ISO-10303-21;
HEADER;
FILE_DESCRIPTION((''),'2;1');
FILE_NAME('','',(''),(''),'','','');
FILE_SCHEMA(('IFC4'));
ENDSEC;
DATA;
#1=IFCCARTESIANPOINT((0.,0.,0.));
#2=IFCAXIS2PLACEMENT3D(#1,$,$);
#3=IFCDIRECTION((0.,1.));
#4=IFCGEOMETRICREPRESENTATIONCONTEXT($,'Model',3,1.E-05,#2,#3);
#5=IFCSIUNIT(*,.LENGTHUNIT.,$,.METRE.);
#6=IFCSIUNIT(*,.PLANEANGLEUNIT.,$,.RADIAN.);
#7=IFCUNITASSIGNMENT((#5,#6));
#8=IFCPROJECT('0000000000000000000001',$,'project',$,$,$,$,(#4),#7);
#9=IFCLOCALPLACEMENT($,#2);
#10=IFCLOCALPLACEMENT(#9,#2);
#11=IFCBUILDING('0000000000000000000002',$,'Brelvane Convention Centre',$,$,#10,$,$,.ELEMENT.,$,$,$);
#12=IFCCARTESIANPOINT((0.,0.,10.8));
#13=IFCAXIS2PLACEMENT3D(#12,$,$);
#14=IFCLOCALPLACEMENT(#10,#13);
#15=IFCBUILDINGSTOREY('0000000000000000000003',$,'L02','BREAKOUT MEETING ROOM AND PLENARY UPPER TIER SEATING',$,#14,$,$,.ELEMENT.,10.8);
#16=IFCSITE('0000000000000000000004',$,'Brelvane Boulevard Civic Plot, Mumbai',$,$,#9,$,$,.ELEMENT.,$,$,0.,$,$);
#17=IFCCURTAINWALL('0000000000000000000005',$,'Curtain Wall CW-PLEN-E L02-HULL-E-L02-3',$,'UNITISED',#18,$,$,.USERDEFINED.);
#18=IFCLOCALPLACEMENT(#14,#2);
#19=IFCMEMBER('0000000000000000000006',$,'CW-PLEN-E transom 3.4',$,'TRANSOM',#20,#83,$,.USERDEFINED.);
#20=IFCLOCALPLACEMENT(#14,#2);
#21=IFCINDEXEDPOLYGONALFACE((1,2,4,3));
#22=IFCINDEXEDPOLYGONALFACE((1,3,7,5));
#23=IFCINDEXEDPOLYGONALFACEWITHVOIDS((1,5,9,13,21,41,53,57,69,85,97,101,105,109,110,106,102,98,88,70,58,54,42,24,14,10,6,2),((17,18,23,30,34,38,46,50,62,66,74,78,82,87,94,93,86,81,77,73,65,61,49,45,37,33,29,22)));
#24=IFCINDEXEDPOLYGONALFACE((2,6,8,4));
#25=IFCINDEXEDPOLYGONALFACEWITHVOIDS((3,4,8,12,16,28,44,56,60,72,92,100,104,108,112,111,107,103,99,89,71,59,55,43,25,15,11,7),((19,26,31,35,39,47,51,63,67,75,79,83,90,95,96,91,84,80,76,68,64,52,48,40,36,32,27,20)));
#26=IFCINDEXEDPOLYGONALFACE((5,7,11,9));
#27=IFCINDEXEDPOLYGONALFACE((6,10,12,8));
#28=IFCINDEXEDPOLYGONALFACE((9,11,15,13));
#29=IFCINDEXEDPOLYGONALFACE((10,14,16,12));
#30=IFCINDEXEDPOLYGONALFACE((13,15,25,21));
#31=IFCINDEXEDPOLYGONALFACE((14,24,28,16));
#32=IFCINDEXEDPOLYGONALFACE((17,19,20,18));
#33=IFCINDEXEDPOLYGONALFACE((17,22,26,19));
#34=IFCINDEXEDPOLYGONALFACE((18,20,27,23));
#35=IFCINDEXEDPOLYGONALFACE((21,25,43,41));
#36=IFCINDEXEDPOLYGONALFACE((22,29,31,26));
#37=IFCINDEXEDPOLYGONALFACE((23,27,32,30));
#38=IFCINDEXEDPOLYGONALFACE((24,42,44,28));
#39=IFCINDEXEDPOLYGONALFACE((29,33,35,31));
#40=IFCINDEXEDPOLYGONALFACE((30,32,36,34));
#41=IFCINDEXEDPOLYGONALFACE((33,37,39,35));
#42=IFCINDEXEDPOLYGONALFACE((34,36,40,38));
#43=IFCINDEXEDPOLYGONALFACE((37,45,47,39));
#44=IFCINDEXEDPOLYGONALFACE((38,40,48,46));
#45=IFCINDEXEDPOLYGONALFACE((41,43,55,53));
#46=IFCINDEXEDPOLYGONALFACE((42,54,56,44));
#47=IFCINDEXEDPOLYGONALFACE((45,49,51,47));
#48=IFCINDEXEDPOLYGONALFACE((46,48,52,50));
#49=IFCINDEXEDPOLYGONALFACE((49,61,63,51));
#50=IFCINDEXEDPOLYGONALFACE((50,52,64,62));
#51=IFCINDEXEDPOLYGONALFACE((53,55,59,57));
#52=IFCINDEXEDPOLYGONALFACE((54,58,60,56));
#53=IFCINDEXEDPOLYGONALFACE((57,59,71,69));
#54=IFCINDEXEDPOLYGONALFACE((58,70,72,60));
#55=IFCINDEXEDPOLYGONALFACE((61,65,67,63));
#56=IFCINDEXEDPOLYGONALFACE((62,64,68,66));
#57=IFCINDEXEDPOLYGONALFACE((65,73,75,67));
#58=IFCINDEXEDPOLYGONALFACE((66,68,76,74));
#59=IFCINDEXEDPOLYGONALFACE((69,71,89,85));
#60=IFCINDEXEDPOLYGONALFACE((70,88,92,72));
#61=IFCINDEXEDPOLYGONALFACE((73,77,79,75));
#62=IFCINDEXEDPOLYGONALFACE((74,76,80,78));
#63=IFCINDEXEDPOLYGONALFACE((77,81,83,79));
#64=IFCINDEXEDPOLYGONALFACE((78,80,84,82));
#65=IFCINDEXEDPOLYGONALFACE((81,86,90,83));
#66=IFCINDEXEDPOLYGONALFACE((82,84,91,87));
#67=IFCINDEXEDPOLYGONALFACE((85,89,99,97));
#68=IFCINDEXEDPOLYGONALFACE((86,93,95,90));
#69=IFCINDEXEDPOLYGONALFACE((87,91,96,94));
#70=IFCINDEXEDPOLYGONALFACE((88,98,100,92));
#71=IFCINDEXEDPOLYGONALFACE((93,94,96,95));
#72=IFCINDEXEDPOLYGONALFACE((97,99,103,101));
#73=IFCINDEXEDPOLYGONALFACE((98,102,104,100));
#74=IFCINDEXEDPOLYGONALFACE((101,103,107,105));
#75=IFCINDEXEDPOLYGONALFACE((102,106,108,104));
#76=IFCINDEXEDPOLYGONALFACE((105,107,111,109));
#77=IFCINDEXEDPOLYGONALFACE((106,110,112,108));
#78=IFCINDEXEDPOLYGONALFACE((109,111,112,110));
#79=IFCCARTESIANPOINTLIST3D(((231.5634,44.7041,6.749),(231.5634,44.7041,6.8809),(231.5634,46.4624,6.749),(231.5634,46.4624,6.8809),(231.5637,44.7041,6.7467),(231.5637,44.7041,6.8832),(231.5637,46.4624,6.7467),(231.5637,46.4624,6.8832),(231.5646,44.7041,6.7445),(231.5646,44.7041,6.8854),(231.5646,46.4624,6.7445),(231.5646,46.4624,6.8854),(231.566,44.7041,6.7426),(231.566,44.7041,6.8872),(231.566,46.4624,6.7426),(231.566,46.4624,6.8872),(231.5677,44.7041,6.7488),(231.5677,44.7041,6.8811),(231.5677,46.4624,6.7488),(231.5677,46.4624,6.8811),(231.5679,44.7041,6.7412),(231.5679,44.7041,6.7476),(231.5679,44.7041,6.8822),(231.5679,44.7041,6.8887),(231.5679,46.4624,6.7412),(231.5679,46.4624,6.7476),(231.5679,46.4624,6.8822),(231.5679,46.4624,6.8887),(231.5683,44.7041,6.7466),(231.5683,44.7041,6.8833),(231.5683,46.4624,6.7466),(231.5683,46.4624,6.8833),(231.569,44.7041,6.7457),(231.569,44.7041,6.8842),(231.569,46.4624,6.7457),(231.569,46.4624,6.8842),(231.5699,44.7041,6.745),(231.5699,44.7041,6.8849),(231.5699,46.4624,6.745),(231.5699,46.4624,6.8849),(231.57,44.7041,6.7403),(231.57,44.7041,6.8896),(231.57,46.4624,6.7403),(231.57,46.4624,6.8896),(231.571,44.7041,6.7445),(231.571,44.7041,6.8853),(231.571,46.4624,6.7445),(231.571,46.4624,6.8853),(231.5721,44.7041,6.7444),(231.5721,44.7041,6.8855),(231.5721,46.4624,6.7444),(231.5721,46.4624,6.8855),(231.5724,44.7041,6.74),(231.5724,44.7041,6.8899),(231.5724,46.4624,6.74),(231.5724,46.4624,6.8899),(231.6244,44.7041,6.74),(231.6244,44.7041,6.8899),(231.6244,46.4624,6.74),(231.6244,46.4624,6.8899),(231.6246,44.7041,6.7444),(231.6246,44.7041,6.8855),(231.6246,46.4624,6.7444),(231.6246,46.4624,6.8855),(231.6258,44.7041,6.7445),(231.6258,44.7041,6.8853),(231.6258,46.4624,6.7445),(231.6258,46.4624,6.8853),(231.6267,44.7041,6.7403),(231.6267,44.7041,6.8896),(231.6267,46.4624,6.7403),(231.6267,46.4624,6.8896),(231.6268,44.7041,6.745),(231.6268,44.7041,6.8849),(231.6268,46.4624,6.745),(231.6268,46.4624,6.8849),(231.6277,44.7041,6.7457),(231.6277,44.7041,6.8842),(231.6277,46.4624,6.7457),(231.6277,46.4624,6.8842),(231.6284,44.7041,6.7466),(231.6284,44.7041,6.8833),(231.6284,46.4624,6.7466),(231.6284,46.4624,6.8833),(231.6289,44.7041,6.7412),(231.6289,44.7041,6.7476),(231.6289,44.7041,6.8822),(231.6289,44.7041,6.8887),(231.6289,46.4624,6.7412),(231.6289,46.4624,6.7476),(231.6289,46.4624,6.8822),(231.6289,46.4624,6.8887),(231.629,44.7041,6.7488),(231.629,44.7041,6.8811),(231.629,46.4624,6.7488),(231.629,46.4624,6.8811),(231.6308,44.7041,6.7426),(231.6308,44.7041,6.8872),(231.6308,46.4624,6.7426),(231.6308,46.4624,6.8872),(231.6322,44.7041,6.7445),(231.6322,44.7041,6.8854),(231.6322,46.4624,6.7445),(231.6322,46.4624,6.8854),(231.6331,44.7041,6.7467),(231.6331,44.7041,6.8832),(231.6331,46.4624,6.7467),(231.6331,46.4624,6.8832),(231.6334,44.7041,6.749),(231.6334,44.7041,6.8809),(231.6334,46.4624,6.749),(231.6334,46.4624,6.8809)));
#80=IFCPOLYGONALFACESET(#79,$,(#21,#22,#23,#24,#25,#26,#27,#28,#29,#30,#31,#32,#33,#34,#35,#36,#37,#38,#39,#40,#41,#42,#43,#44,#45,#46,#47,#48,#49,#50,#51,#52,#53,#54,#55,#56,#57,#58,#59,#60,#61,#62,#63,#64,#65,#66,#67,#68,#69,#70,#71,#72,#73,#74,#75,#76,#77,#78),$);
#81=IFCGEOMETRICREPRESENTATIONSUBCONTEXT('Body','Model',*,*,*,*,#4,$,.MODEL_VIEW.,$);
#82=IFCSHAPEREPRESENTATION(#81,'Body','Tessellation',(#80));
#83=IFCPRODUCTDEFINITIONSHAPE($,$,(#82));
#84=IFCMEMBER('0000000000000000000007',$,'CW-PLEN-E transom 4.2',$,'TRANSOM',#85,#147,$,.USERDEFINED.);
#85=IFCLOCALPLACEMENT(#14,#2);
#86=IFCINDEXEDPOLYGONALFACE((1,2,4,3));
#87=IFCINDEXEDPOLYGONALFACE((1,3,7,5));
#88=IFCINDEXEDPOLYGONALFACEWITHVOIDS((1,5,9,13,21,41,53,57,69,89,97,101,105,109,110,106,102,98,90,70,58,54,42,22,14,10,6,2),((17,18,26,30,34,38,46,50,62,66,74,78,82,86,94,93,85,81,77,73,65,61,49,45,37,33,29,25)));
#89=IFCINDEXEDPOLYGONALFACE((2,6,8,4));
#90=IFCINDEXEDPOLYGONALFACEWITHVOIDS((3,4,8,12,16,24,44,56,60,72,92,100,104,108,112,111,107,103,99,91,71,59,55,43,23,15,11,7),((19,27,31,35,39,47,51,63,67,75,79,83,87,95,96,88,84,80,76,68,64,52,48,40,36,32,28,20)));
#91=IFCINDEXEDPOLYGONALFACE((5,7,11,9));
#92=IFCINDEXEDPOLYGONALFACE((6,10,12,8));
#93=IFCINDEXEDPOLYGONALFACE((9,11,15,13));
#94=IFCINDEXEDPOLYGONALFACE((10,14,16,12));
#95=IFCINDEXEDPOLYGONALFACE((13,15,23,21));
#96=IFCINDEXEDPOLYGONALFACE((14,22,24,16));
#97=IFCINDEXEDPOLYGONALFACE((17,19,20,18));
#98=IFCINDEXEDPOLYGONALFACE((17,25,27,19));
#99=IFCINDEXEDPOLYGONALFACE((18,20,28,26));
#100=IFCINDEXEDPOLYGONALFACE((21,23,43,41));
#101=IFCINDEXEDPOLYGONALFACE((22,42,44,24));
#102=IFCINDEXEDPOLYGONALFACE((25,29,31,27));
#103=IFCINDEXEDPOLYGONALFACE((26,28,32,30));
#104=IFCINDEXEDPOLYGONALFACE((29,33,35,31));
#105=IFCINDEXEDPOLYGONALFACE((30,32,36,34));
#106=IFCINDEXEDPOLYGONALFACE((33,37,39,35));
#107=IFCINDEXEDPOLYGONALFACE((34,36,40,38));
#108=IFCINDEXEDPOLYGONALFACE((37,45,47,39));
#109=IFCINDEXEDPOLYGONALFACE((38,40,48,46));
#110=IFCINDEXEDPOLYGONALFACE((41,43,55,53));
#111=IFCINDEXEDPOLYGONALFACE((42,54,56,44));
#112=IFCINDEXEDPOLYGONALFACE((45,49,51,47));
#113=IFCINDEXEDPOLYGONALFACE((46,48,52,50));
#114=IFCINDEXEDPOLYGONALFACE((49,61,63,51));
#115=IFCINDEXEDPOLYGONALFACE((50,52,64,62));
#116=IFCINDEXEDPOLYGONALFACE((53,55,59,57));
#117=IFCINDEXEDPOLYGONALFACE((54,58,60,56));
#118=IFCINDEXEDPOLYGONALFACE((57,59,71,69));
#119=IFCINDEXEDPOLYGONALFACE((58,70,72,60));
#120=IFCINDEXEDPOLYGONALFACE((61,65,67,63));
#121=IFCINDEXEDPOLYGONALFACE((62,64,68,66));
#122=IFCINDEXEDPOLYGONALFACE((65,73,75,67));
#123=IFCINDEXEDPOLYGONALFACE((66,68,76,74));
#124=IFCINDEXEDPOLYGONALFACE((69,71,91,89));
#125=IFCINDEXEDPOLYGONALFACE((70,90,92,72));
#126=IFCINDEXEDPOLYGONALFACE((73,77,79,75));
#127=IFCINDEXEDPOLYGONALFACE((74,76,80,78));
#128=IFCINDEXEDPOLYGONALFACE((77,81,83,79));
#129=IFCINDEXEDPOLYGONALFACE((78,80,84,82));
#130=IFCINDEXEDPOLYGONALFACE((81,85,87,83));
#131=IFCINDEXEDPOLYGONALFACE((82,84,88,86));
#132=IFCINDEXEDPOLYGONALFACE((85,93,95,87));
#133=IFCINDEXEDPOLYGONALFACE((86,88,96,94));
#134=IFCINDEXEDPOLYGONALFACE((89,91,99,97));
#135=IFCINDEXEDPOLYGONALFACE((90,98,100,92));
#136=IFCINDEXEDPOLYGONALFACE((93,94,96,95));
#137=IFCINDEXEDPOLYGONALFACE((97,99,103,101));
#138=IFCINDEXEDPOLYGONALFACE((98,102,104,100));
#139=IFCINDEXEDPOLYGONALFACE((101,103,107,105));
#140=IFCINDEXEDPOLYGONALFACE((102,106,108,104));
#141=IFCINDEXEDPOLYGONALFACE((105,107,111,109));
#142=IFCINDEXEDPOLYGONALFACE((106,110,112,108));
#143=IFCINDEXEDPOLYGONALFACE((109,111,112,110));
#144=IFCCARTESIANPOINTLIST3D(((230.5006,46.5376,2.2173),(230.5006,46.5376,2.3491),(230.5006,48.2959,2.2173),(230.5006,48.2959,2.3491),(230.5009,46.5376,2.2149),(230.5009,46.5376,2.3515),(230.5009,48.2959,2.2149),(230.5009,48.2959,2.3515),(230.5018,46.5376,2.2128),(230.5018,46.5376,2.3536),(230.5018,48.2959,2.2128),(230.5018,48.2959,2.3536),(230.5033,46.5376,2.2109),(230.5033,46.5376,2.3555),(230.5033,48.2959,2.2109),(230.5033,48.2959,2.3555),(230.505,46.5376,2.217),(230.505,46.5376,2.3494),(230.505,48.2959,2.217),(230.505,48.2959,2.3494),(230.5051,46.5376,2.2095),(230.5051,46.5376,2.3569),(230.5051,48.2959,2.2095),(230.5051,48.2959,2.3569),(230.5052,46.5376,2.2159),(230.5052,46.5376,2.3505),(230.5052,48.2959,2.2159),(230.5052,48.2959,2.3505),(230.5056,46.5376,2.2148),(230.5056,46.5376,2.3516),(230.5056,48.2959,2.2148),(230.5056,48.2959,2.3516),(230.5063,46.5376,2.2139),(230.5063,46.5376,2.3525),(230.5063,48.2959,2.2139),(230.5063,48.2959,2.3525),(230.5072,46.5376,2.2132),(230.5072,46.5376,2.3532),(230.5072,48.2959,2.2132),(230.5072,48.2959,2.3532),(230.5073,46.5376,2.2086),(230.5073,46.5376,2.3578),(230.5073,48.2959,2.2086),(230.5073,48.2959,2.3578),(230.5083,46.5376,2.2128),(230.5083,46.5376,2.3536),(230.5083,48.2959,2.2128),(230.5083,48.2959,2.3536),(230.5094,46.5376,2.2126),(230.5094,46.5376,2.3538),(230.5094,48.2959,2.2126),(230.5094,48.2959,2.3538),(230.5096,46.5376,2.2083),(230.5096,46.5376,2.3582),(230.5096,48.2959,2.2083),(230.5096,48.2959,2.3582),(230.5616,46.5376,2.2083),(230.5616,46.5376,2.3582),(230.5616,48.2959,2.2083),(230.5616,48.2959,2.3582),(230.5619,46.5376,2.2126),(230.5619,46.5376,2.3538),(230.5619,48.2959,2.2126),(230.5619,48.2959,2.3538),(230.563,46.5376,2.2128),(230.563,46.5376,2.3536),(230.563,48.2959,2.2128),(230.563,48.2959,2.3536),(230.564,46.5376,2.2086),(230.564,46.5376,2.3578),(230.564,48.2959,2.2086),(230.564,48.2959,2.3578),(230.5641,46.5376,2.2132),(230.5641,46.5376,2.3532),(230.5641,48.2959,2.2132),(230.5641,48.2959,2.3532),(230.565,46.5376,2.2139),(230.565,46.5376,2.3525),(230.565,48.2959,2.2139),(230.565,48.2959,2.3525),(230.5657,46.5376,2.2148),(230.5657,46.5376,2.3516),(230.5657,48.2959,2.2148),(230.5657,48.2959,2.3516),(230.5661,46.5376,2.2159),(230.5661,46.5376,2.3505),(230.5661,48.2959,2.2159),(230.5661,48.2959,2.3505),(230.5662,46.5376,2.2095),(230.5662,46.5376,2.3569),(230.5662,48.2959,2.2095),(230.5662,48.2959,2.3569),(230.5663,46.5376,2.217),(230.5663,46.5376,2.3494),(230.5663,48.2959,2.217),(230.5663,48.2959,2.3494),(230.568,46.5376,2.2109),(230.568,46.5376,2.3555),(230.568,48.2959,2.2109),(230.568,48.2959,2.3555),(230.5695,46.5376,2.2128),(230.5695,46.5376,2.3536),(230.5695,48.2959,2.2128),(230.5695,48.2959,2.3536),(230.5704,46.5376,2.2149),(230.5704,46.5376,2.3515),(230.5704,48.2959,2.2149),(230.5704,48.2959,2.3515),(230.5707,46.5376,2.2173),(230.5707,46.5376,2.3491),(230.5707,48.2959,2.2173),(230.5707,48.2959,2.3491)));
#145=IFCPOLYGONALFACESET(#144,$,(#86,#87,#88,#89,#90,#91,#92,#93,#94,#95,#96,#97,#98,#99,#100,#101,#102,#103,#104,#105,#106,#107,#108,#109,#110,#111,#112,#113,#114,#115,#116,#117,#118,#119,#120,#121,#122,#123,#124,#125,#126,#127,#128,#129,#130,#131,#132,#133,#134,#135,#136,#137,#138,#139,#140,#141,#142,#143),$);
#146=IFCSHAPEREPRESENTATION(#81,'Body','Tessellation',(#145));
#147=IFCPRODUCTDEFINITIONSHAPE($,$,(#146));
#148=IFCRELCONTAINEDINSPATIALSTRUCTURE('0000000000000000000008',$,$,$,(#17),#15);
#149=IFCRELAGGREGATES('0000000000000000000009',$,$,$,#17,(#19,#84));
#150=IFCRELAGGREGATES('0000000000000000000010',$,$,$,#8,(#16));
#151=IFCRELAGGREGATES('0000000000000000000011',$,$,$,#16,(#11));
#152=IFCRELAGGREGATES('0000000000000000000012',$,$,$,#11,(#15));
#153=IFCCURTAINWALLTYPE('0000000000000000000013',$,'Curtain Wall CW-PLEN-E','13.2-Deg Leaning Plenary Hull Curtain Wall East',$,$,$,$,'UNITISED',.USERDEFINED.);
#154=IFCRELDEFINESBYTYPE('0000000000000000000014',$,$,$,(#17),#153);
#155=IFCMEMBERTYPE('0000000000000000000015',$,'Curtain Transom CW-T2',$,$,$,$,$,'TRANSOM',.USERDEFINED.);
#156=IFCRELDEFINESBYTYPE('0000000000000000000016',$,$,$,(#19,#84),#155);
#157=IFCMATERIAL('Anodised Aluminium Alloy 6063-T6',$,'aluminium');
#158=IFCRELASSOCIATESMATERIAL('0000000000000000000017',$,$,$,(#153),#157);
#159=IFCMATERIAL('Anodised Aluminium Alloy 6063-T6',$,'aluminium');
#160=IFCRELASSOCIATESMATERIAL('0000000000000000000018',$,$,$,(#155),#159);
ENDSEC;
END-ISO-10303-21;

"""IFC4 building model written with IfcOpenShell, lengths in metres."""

from ifc_helpers import new_model, si_unit, direction, frame, origin, origin_2d, place, context, subcontext, project, spatial, hollow_rectangle, extrude, material, material_profile, profile_set, type_object, element, aggregate, save


model = new_model("IFC4")

# Units and contexts
model_context = context("Model", 3, precision=1e-05, world=origin(), true_north=direction((0.0, 1.0)))
body_context = subcontext(model_context, "Body", "Model", "MODEL_VIEW")
ifc_project = project(units=[si_unit("LENGTHUNIT", "METRE"), si_unit("PLANEANGLEUNIT", "RADIAN")], contexts=[model_context])

# Site, building, storey
site_placement = place(None, origin())
site = spatial("IfcSite", under=ifc_project, at=site_placement, Name="Brelvane Boulevard Civic Plot, Mumbai", CompositionType="ELEMENT", RefElevation=0.0)
building_placement = place(site_placement, origin())
building = spatial("IfcBuilding", under=site, at=building_placement, Name="Brelvane Convention Centre", CompositionType="ELEMENT")
storey_placement = place(building_placement, frame((0.0, 0.0, 10.8)))
storey = spatial("IfcBuildingStorey", under=building, at=storey_placement, Name="L02", Description="BREAKOUT MEETING ROOM AND PLENARY UPPER TIER SEATING", CompositionType="ELEMENT", Elevation=10.8)

# Curtain wall, members
ifc_material_1 = material(Name="Anodised Aluminium Alloy 6063-T6", Category="aluminium")
curtain_wall_type = type_object("IfcCurtainWallType", Name="Curtain Wall CW-PLEN-E", Description="13.2-Deg Leaning Plenary Hull Curtain Wall East", ElementType="UNITISED", PredefinedType="USERDEFINED", material=ifc_material_1)
curtain_wall_1_placement = place(storey_placement, origin())
curtain_wall_1 = element("IfcCurtainWall", 1, at=curtain_wall_1_placement, inside=storey, type_object=curtain_wall_type, Name="Curtain Wall CW-PLEN-E L02-HULL-E-L02-3", ObjectType="UNITISED", PredefinedType="USERDEFINED")
ifc_material_2 = material(Name="Anodised Aluminium Alloy 6063-T6", Category="aluminium")
ifc_material_profile = material_profile(ifc_material_2, hollow_rectangle(XDim=0.0701, YDim=0.1499, WallThickness=0.0044, InnerFilletRadius=0.0044, OuterFilletRadius=0.009, at=origin_2d()), Name="ALU-T 150x70x4.5")
ifc_profile_set = profile_set([ifc_material_profile], Name="Anodised Aluminium Alloy 6063-T6")
member_type = type_object("IfcMemberType", Name="Curtain Transom CW-T2", ElementType="TRANSOM", PredefinedType="USERDEFINED", material=ifc_profile_set)
member_1_placement = place(storey_placement, frame((231.5984, 44.7041, 6.8149), z_axis=(0.0, 1.0, 0.0), x_axis=(-1.0, 0.0, 0.0)))
member_1 = element("IfcMember", 2, at=member_1_placement, type_object=member_type, Name="CW-PLEN-E transom 3.4", ObjectType="TRANSOM", PredefinedType="USERDEFINED", context=body_context, shape_type="SweptSolid", body=[
    extrude(hollow_rectangle(XDim=0.0701, YDim=0.1499, WallThickness=0.0044, InnerFilletRadius=0.0044, OuterFilletRadius=0.009, at=origin_2d()), origin(), (0.0, 0.0, 1.0), 1.7583),
])
member_2_placement = place(storey_placement, frame((230.5356, 46.5376, 2.2832), z_axis=(0.0, 1.0, 0.0), x_axis=(-1.0, 0.0, 0.0)))
member_2 = element("IfcMember", 3, at=member_2_placement, type_object=member_type, Name="CW-PLEN-E transom 4.2", ObjectType="TRANSOM", PredefinedType="USERDEFINED", context=body_context, shape_type="SweptSolid", body=[
    extrude(hollow_rectangle(XDim=0.0701, YDim=0.1499, WallThickness=0.0044, InnerFilletRadius=0.0044, OuterFilletRadius=0.009, at=origin_2d()), origin(), (0.0, 0.0, 1.0), 1.7583),
])

aggregate(curtain_wall_1, [member_1, member_2])

save(model, "model.ifc")
